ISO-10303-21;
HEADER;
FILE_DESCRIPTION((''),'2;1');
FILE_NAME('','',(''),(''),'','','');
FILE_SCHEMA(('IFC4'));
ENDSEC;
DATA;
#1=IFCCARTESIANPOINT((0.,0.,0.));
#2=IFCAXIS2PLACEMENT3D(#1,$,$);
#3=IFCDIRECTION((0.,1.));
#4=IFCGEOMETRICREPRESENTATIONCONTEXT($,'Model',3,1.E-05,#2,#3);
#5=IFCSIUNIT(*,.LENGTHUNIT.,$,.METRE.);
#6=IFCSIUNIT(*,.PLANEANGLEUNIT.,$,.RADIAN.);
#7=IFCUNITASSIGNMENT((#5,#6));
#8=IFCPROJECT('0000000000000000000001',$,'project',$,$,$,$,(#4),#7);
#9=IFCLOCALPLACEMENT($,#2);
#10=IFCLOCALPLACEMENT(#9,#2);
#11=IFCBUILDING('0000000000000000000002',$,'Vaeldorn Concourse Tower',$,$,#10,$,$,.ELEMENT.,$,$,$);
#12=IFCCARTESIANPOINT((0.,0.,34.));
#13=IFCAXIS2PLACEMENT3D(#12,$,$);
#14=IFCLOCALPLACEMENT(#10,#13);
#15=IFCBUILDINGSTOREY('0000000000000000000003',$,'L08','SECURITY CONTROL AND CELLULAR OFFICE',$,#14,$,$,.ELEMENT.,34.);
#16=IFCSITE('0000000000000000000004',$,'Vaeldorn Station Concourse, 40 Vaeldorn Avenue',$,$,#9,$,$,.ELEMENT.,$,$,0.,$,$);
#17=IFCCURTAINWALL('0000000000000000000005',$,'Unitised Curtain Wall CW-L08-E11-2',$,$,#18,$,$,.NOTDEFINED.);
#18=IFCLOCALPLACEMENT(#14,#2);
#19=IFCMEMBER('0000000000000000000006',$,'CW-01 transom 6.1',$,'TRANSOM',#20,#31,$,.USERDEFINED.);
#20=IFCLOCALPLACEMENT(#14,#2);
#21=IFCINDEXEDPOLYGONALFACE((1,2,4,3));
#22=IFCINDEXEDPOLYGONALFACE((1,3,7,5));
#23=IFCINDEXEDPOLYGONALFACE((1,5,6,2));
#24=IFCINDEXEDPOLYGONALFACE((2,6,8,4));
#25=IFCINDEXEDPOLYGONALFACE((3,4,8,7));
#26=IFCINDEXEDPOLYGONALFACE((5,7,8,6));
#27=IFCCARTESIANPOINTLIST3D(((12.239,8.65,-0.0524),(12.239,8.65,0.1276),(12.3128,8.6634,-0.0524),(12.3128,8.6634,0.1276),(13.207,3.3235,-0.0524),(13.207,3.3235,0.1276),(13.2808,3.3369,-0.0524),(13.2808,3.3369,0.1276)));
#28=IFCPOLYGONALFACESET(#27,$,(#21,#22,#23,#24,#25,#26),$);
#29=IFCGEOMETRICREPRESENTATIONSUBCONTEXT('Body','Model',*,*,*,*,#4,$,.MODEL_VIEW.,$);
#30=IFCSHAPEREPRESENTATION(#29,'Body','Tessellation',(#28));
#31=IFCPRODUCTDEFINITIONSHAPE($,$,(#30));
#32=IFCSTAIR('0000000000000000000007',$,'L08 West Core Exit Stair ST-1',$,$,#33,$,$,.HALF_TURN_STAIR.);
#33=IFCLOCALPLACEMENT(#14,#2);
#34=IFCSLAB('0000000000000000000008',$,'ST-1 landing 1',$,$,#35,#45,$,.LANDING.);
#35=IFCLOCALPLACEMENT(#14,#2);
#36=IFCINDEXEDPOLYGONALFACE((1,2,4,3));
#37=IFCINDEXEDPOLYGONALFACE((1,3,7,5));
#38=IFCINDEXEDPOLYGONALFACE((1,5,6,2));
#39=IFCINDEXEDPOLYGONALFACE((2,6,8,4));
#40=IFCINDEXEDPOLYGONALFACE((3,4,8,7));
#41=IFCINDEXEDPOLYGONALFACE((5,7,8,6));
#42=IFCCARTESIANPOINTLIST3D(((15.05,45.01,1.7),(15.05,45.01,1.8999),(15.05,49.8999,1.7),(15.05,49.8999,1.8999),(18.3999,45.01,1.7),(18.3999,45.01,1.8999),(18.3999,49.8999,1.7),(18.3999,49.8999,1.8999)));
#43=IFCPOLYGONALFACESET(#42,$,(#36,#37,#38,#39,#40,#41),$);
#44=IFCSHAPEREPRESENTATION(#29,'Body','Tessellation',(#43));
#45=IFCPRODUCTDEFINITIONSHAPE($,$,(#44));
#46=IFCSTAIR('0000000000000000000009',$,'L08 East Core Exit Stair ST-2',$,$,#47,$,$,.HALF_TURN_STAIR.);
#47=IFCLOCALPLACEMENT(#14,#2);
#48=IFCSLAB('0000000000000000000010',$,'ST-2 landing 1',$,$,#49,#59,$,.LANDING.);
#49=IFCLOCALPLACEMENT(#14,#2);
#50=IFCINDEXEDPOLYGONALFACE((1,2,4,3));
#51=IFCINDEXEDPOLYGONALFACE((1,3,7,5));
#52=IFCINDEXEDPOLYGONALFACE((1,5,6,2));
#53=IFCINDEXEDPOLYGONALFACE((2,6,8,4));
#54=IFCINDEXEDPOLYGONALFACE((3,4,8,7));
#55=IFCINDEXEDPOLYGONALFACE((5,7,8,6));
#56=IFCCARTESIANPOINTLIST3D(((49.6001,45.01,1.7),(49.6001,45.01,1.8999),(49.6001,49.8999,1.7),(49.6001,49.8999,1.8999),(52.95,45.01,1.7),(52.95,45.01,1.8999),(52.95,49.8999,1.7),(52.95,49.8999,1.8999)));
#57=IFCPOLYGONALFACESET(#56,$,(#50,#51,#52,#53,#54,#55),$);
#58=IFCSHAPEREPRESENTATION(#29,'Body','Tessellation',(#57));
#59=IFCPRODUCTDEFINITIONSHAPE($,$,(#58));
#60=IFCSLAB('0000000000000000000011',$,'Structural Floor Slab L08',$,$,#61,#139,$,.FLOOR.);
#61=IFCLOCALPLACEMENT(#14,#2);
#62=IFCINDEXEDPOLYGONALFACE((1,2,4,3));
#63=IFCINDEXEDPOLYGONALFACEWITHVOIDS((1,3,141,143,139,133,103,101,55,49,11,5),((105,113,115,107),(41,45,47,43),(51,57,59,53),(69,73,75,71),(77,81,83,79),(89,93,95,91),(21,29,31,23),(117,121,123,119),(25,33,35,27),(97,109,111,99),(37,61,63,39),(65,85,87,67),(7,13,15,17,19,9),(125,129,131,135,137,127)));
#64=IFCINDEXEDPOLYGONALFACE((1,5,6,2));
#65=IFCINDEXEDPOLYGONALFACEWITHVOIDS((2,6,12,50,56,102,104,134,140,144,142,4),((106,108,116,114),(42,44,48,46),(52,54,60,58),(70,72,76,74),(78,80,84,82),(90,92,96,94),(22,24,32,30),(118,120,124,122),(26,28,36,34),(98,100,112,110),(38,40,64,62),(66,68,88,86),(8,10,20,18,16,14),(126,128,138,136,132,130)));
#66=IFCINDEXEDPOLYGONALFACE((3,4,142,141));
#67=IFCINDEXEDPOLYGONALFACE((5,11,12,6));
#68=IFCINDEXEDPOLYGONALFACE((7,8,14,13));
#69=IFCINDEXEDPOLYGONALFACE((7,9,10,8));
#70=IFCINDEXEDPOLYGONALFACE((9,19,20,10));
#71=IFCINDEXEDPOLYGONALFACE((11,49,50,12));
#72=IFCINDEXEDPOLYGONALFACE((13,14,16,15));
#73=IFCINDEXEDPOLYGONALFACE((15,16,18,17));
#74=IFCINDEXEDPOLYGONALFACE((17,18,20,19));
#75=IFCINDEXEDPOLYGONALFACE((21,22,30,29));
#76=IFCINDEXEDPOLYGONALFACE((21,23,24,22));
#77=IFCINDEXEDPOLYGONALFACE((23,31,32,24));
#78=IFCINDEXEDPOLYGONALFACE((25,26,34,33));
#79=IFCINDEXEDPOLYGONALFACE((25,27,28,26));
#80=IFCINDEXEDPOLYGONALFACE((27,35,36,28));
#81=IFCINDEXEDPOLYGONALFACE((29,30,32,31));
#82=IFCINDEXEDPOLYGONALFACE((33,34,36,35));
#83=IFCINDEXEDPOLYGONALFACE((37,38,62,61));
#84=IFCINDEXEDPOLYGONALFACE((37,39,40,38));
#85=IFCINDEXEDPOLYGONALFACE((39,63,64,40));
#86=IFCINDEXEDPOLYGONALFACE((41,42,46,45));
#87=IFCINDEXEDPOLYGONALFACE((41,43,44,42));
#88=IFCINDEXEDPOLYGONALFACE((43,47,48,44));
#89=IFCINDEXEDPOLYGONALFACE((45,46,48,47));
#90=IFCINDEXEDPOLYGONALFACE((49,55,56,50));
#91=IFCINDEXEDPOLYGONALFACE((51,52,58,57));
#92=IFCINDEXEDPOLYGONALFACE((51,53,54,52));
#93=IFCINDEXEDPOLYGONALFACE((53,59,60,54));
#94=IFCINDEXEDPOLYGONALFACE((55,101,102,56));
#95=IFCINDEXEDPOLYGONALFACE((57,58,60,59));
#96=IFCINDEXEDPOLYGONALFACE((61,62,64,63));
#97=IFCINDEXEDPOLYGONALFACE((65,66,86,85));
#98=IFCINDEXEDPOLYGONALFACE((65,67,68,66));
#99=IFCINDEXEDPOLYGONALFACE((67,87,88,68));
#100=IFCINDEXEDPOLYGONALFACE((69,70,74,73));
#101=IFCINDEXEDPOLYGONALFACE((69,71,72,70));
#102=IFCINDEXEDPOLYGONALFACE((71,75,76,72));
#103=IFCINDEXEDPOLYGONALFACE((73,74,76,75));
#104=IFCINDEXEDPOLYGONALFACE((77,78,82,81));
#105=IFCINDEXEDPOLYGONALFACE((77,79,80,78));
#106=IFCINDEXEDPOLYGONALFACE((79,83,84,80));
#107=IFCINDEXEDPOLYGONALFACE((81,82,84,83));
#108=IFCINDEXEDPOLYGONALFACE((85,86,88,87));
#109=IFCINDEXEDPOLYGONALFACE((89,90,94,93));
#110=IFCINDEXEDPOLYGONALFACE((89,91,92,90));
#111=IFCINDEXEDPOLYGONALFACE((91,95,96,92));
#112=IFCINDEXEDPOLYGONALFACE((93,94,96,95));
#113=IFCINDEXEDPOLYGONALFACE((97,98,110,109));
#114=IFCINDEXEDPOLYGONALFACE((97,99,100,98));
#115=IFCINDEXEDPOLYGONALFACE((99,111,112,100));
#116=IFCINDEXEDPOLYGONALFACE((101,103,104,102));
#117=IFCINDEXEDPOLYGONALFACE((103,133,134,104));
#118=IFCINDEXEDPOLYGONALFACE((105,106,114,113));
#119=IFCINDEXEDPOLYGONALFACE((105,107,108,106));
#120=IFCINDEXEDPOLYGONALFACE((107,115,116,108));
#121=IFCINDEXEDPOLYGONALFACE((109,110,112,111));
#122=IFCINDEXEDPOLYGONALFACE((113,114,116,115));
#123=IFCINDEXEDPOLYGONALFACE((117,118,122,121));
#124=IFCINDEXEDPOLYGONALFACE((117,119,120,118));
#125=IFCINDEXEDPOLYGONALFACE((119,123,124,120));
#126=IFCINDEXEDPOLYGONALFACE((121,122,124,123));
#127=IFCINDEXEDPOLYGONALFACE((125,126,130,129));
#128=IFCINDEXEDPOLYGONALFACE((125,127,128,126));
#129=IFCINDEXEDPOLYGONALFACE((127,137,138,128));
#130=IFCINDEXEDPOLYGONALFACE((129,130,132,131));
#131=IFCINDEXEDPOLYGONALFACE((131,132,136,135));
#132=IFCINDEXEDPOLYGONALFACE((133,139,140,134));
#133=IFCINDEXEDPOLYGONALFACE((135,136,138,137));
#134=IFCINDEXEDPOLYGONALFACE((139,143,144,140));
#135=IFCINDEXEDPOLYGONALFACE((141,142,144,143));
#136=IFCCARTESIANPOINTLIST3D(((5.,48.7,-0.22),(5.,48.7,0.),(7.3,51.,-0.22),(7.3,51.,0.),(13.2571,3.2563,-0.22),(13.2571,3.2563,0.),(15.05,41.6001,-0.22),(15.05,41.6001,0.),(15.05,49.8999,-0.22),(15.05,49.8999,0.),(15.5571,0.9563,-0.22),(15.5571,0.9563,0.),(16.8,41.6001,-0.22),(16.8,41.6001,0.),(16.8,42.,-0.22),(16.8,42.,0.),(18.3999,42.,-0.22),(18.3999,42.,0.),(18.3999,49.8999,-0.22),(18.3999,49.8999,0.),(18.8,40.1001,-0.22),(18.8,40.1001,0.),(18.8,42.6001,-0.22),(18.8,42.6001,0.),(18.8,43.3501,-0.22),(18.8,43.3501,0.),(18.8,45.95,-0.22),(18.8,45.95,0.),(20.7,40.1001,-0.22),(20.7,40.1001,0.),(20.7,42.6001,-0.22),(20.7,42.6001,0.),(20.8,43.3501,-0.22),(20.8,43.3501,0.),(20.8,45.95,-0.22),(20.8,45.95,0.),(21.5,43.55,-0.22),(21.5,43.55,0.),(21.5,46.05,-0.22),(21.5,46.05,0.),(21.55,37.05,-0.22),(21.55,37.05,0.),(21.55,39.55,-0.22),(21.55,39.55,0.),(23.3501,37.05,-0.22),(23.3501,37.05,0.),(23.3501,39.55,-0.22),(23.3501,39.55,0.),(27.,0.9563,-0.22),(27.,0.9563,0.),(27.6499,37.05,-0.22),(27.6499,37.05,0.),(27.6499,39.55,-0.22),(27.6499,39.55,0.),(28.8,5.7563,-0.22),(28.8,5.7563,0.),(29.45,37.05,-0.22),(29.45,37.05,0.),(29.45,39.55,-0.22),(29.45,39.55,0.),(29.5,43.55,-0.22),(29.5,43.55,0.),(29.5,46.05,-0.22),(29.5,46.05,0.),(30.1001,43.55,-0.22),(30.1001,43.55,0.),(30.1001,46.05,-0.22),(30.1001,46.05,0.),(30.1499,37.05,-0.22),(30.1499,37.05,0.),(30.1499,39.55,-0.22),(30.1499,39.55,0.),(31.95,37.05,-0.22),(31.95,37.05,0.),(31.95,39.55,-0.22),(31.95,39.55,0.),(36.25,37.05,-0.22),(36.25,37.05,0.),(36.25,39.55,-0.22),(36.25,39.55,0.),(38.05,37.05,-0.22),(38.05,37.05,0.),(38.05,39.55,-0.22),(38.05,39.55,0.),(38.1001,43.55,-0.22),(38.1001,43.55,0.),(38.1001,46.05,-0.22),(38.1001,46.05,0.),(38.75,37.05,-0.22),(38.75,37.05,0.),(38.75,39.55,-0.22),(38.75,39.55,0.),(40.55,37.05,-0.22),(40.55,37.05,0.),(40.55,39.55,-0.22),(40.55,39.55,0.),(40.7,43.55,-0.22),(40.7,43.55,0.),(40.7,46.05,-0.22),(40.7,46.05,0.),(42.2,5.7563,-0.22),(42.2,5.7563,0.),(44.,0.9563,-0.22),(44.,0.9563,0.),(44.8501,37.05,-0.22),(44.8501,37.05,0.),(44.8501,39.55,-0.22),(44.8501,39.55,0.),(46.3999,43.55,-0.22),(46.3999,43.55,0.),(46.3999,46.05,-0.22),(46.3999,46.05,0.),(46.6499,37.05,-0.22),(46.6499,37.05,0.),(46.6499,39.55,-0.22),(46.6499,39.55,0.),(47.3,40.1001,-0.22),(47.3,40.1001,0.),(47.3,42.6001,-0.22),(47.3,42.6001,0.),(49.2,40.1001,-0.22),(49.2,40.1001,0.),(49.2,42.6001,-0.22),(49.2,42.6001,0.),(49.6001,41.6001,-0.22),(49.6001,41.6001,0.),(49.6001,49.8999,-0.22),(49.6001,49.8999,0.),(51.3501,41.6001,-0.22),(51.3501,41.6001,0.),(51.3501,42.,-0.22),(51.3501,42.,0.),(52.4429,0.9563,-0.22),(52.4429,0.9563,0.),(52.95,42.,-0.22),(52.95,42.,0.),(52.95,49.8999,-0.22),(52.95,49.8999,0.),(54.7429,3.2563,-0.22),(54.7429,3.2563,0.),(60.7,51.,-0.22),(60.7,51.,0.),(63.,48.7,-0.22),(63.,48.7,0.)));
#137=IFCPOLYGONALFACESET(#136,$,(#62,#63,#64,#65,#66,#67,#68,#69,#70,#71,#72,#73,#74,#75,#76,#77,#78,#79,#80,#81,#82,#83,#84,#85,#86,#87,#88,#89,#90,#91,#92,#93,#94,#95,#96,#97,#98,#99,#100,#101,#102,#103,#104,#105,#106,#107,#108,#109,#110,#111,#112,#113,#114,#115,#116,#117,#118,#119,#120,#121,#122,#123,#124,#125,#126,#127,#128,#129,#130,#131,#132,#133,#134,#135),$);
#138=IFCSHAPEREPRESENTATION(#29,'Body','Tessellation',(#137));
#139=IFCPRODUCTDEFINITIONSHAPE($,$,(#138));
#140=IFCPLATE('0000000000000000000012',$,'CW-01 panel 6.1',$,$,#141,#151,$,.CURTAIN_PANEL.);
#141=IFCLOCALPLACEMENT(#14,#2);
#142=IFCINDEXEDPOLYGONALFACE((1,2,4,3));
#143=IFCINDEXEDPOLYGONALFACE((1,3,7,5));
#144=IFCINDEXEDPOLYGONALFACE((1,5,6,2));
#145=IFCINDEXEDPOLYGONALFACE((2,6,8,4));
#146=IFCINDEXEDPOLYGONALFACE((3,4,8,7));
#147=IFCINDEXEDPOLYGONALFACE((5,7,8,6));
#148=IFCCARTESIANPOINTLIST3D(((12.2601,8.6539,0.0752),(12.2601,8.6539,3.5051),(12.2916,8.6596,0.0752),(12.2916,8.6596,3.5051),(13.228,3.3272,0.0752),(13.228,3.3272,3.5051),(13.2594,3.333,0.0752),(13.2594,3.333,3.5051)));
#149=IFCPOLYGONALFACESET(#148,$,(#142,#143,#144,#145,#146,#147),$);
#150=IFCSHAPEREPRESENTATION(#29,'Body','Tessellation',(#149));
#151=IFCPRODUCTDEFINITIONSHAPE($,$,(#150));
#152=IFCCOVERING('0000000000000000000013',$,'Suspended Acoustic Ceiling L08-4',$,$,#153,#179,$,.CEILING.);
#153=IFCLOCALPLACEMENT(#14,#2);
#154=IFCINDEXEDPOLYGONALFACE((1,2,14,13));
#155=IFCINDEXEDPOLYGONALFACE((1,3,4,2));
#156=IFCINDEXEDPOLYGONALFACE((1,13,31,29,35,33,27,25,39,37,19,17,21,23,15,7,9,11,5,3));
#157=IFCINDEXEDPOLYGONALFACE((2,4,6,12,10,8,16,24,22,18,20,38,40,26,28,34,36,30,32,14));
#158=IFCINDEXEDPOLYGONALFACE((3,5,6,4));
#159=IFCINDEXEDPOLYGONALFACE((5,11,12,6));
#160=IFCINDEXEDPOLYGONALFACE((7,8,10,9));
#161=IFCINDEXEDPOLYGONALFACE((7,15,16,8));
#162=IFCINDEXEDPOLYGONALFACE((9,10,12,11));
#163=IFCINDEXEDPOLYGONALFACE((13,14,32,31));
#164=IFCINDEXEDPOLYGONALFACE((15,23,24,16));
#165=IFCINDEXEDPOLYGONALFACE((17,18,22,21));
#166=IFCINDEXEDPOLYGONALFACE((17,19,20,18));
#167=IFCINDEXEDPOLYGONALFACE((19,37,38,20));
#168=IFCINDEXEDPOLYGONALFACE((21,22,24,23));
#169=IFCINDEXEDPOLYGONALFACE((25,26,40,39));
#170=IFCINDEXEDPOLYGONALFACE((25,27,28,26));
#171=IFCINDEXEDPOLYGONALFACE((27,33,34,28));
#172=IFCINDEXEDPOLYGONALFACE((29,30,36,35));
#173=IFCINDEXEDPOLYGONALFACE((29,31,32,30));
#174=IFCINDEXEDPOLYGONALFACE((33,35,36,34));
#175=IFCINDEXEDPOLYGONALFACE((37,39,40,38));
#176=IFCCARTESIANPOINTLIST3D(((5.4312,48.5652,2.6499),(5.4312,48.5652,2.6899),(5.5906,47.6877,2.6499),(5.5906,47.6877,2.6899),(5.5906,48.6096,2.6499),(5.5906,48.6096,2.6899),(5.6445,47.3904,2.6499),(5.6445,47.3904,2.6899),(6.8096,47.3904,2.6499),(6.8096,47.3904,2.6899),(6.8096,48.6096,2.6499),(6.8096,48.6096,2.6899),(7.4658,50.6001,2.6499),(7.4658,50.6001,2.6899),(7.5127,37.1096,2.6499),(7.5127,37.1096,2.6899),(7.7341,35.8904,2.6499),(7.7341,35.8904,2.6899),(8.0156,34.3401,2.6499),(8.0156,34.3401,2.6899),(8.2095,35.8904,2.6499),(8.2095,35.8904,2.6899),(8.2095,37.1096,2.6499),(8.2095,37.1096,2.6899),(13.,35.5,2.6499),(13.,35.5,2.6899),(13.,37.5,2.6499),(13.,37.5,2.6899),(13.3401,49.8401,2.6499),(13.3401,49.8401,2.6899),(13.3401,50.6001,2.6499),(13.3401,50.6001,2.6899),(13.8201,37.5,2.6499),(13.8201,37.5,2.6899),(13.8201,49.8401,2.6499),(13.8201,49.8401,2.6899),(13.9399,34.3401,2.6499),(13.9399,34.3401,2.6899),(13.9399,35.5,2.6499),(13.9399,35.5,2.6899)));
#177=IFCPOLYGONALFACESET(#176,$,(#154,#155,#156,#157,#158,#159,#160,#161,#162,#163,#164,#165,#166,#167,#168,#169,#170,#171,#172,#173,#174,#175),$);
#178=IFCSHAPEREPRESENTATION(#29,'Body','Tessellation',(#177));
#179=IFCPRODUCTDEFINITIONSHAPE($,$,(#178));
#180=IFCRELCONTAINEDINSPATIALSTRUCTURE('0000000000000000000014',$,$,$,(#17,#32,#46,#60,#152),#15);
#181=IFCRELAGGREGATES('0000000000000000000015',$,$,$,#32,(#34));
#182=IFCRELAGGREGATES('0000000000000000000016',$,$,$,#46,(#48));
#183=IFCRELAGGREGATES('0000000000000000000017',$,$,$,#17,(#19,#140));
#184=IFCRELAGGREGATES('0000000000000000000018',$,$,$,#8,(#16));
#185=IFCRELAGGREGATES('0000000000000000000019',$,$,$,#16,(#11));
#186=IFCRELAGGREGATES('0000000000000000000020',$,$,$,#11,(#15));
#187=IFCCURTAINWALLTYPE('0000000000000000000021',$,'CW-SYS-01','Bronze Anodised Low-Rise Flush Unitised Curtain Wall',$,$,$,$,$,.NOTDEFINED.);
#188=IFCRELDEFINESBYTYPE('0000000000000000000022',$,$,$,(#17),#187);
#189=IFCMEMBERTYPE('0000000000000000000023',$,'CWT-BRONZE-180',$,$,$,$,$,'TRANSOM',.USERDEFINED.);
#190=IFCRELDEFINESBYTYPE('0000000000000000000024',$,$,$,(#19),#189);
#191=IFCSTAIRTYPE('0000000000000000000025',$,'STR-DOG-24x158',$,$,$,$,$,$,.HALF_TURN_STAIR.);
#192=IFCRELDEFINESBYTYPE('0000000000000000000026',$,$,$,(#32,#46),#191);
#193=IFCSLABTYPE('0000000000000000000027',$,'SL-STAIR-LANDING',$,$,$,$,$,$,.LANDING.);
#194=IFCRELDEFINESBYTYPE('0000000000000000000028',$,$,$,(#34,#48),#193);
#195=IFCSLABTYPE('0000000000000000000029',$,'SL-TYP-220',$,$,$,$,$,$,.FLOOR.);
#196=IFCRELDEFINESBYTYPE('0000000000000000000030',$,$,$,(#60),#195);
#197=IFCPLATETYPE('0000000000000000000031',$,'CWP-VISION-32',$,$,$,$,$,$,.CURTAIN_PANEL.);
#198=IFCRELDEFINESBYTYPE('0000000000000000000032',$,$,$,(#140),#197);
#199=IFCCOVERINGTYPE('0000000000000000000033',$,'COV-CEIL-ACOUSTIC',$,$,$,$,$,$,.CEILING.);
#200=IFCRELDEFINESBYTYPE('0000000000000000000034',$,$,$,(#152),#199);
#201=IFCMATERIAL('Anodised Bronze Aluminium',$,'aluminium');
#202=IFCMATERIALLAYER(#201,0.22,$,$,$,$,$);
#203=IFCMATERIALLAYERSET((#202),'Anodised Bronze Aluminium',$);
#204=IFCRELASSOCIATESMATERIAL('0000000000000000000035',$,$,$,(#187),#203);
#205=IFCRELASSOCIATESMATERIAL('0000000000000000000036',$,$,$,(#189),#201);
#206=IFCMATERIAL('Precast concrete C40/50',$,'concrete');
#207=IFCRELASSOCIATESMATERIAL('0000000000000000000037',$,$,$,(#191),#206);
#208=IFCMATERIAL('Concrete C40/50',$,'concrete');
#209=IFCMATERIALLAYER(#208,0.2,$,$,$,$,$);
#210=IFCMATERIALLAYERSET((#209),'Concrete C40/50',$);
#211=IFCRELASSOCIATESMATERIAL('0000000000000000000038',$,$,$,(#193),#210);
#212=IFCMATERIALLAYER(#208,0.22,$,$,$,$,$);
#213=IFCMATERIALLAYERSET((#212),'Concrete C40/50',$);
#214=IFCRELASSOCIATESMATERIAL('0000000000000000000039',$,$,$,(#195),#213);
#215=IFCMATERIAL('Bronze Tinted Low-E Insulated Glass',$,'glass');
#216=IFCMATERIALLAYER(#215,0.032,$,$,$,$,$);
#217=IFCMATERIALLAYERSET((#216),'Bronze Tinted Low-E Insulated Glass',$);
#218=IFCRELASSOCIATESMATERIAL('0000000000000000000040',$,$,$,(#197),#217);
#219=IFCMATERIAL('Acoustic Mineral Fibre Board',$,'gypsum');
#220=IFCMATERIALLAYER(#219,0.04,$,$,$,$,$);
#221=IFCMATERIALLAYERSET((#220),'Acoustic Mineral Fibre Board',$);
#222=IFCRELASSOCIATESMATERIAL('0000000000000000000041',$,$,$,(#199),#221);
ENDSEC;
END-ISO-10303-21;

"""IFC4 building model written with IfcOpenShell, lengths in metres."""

from ifc_helpers import new_model, si_unit, direction, frame, origin, origin_2d, place, context, subcontext, project, spatial, polyline, rectangle, outline, extrude, source, transform, mapped, material, layer, layer_set, material_profile, profile_set, type_object, element, aggregate, save


model = new_model("IFC4")

# Units and contexts
model_context = context("Model", 3, precision=1e-05, world=origin(), true_north=direction((0.0, 1.0)))
body_context = subcontext(model_context, "Body", "Model", "MODEL_VIEW")
ifc_project = project(units=[si_unit("LENGTHUNIT", "METRE"), si_unit("PLANEANGLEUNIT", "RADIAN")], contexts=[model_context])

# Site, building, storey
site_placement = place(None, origin())
site = spatial("IfcSite", under=ifc_project, at=site_placement, Name="Vaeldorn Station Concourse, 40 Vaeldorn Avenue", CompositionType="ELEMENT", RefElevation=0.0)
building_placement = place(site_placement, origin())
building = spatial("IfcBuilding", under=site, at=building_placement, Name="Vaeldorn Concourse Tower", CompositionType="ELEMENT")
storey_placement = place(building_placement, frame((0.0, 0.0, 34.0)))
storey = spatial("IfcBuildingStorey", under=building, at=storey_placement, Name="L08", Description="SECURITY CONTROL AND CELLULAR OFFICE", CompositionType="ELEMENT", Elevation=34.0)

# Curtain wall, member
ifc_material_1 = material(Name="Anodised Bronze Aluminium", Category="aluminium")
ifc_layer_1 = layer(ifc_material_1, 0.22)
ifc_layer_set_1 = layer_set([ifc_layer_1], Name="Anodised Bronze Aluminium")
curtain_wall_type = type_object("IfcCurtainWallType", Name="CW-SYS-01", Description="Bronze Anodised Low-Rise Flush Unitised Curtain Wall", PredefinedType="NOTDEFINED", material=ifc_layer_set_1)
curtain_wall_placement = place(storey_placement, origin())
curtain_wall = element("IfcCurtainWall", 1, at=curtain_wall_placement, inside=storey, type_object=curtain_wall_type, Name="Unitised Curtain Wall CW-L08-E11-2", PredefinedType="NOTDEFINED")
ifc_material_profile = material_profile(ifc_material_1, rectangle(XDim=0.075, YDim=0.1799, at=origin_2d()), Name="CWT 75x180")
ifc_profile_set = profile_set([ifc_material_profile], Name="Anodised Bronze Aluminium")
member_type = type_object("IfcMemberType", Name="CWT-BRONZE-180", ElementType="TRANSOM", PredefinedType="USERDEFINED", material=ifc_profile_set)
shared_shape_1 = source(origin(), body_context, "Body", "SweptSolid", [
    extrude(rectangle(XDim=0.075, YDim=0.1799, at=origin_2d()), origin(), (0.0, 0.0, 1.0), 5.4138),
])
member_placement = place(storey_placement, frame((12.2759, 8.6567, 0.0376), z_axis=(0.178802, -0.983885, 0.0), x_axis=(0.983885, 0.178802, 0.0)))
member = element("IfcMember", 2, at=member_placement, type_object=member_type, Name="CW-01 transom 6.1", ObjectType="TRANSOM", PredefinedType="USERDEFINED", context=body_context, shape_type="MappedRepresentation", body=[
    mapped(shared_shape_1, transform((0.0, 0.0, 0.0), scale=1.0)),
])

# Stairs, slabs
ifc_material_2 = material(Name="Precast concrete C40/50", Category="concrete")
stair_type = type_object("IfcStairType", Name="STR-DOG-24x158", PredefinedType="HALF_TURN_STAIR", material=ifc_material_2)
stair_1_placement = place(storey_placement, origin())
stair_1 = element("IfcStair", 3, at=stair_1_placement, inside=storey, type_object=stair_type, Name="L08 West Core Exit Stair ST-1", PredefinedType="HALF_TURN_STAIR")
ifc_material_3 = material(Name="Concrete C40/50", Category="concrete")
ifc_layer_2 = layer(ifc_material_3, 0.2)
ifc_layer_set_2 = layer_set([ifc_layer_2], Name="Concrete C40/50")
slab_type_1 = type_object("IfcSlabType", Name="SL-STAIR-LANDING", PredefinedType="LANDING", material=ifc_layer_set_2)
slab_1_placement = place(storey_placement, frame((0.0, 0.0, 1.7)))
slab_1 = element("IfcSlab", 4, at=slab_1_placement, type_object=slab_type_1, Name="ST-1 landing 1", PredefinedType="LANDING", context=body_context, shape_type="SweptSolid", body=[
    extrude(outline(polyline([(18.3999, 45.01), (18.3999, 49.8999), (15.05, 49.8999), (15.05, 45.01), (18.3999, 45.01)])), origin(), (0.0, 0.0, 1.0), 0.2),
])
aggregate(stair_1, [slab_1])
stair_2_placement = place(storey_placement, origin())
stair_2 = element("IfcStair", 5, at=stair_2_placement, inside=storey, type_object=stair_type, Name="L08 East Core Exit Stair ST-2", PredefinedType="HALF_TURN_STAIR")
slab_2_placement = place(storey_placement, frame((0.0, 0.0, 1.7)))
slab_2 = element("IfcSlab", 6, at=slab_2_placement, type_object=slab_type_1, Name="ST-2 landing 1", PredefinedType="LANDING", context=body_context, shape_type="SweptSolid", body=[
    extrude(outline(polyline([(52.95, 45.01), (52.95, 49.8999), (49.6001, 49.8999), (49.6001, 45.01), (52.95, 45.01)])), origin(), (0.0, 0.0, 1.0), 0.2),
])
aggregate(stair_2, [slab_2])

# Slab
ifc_layer_3 = layer(ifc_material_3, 0.22)
ifc_layer_set_3 = layer_set([ifc_layer_3], Name="Concrete C40/50")
slab_type_2 = type_object("IfcSlabType", Name="SL-TYP-220", PredefinedType="FLOOR", material=ifc_layer_set_3)
slab_3_placement = place(storey_placement, frame((0.0, 0.0, -0.22)))
element("IfcSlab", 7, at=slab_3_placement, inside=storey, type_object=slab_type_2, Name="Structural Floor Slab L08", PredefinedType="FLOOR", context=body_context, shape_type="SweptSolid", body=[
    extrude(outline(polyline([(15.5571, 0.9563), (27.0, 0.9563), (28.8, 5.7563), (42.2, 5.7563), (44.0, 0.9563), (52.4429, 0.9563), (54.7429, 3.2563), (63.0, 48.7), (60.7, 51.0), (7.3, 51.0), (5.0, 48.7), (13.2571, 3.2563), (15.5571, 0.9563)]), holes=[polyline([(18.3999, 42.0), (18.3999, 49.8999), (15.05, 49.8999), (15.05, 41.6001), (16.8, 41.6001), (16.8, 42.0), (18.3999, 42.0)]), polyline([(52.95, 42.0), (52.95, 49.8999), (49.6001, 49.8999), (49.6001, 41.6001), (51.3501, 41.6001), (51.3501, 42.0), (52.95, 42.0)]), polyline([(21.55, 37.05), (23.3501, 37.05), (23.3501, 39.55), (21.55, 39.55), (21.55, 37.05)]), polyline([(27.6499, 37.05), (29.45, 37.05), (29.45, 39.55), (27.6499, 39.55), (27.6499, 37.05)]), polyline([(21.5, 43.55), (29.5, 43.55), (29.5, 46.05), (21.5, 46.05), (21.5, 43.55)]), polyline([(30.1499, 37.05), (31.95, 37.05), (31.95, 39.55), (30.1499, 39.55), (30.1499, 37.05)]), polyline([(36.25, 37.05), (38.05, 37.05), (38.05, 39.55), (36.25, 39.55), (36.25, 37.05)]), polyline([(30.1001, 43.55), (38.1001, 43.55), (38.1001, 46.05), (30.1001, 46.05), (30.1001, 43.55)]), polyline([(38.75, 37.05), (40.55, 37.05), (40.55, 39.55), (38.75, 39.55), (38.75, 37.05)]), polyline([(44.8501, 37.05), (46.6499, 37.05), (46.6499, 39.55), (44.8501, 39.55), (44.8501, 37.05)]), polyline([(40.7, 43.55), (46.3999, 43.55), (46.3999, 46.05), (40.7, 46.05), (40.7, 43.55)]), polyline([(18.8, 43.3501), (20.8, 43.3501), (20.8, 45.95), (18.8, 45.95), (18.8, 43.3501)]), polyline([(18.8, 40.1001), (20.7, 40.1001), (20.7, 42.6001), (18.8, 42.6001), (18.8, 40.1001)]), polyline([(47.3, 40.1001), (49.2, 40.1001), (49.2, 42.6001), (47.3, 42.6001), (47.3, 40.1001)])]), origin(), (0.0, 0.0, 1.0), 0.22),
])

# Plate
ifc_material_4 = material(Name="Bronze Tinted Low-E Insulated Glass", Category="glass")
ifc_layer_4 = layer(ifc_material_4, 0.032)
ifc_layer_set_4 = layer_set([ifc_layer_4], Name="Bronze Tinted Low-E Insulated Glass")
plate_type = type_object("IfcPlateType", Name="CWP-VISION-32", PredefinedType="CURTAIN_PANEL", material=ifc_layer_set_4)
shared_shape_2 = source(origin(), body_context, "Body", "SweptSolid", [
    extrude(rectangle(XDim=5.4138, YDim=0.032, at=origin_2d()), origin(), (0.0, 0.0, 1.0), 3.4299),
])
plate_placement = place(storey_placement, frame((12.7598, 5.9934, 0.0752), z_axis=(0.0, 0.0, 1.0), x_axis=(0.178775, -0.98389, 0.0)))
plate = element("IfcPlate", 8, at=plate_placement, type_object=plate_type, Name="CW-01 panel 6.1", PredefinedType="CURTAIN_PANEL", context=body_context, shape_type="MappedRepresentation", body=[
    mapped(shared_shape_2, transform((0.0, 0.0, 0.0), scale=1.0)),
])
aggregate(curtain_wall, [member, plate])

# Covering
ifc_material_5 = material(Name="Acoustic Mineral Fibre Board", Category="gypsum")
ifc_layer_5 = layer(ifc_material_5, 0.04)
ifc_layer_set_5 = layer_set([ifc_layer_5], Name="Acoustic Mineral Fibre Board")
covering_type_1 = type_object("IfcCoveringType", Name="COV-CEIL-ACOUSTIC", PredefinedType="CEILING", material=ifc_layer_set_5)
covering_1_placement = place(storey_placement, frame((0.0, 0.0, 2.6499)))
element("IfcCovering", 9, at=covering_1_placement, inside=storey, type_object=covering_type_1, Name="Suspended Acoustic Ceiling L08-4", PredefinedType="CEILING", context=body_context, shape_type="SweptSolid", body=[
    extrude(outline(polyline([(7.4658, 50.6001), (13.3401, 50.6001), (13.3401, 49.8401), (13.8201, 49.8401), (13.8201, 37.5), (13.0, 37.5), (13.0, 35.5), (13.9399, 35.5), (13.9399, 34.3401), (8.0156, 34.3401), (7.7341, 35.8904), (8.2095, 35.8904), (8.2095, 37.1096), (7.5127, 37.1096), (5.6445, 47.3904), (6.8096, 47.3904), (6.8096, 48.6096), (5.5906, 48.6096), (5.5906, 47.6877), (5.4312, 48.5652), (7.4658, 50.6001)])), origin(), (0.0, 0.0, 1.0), 0.04),
])

save(model, "model.ifc")
